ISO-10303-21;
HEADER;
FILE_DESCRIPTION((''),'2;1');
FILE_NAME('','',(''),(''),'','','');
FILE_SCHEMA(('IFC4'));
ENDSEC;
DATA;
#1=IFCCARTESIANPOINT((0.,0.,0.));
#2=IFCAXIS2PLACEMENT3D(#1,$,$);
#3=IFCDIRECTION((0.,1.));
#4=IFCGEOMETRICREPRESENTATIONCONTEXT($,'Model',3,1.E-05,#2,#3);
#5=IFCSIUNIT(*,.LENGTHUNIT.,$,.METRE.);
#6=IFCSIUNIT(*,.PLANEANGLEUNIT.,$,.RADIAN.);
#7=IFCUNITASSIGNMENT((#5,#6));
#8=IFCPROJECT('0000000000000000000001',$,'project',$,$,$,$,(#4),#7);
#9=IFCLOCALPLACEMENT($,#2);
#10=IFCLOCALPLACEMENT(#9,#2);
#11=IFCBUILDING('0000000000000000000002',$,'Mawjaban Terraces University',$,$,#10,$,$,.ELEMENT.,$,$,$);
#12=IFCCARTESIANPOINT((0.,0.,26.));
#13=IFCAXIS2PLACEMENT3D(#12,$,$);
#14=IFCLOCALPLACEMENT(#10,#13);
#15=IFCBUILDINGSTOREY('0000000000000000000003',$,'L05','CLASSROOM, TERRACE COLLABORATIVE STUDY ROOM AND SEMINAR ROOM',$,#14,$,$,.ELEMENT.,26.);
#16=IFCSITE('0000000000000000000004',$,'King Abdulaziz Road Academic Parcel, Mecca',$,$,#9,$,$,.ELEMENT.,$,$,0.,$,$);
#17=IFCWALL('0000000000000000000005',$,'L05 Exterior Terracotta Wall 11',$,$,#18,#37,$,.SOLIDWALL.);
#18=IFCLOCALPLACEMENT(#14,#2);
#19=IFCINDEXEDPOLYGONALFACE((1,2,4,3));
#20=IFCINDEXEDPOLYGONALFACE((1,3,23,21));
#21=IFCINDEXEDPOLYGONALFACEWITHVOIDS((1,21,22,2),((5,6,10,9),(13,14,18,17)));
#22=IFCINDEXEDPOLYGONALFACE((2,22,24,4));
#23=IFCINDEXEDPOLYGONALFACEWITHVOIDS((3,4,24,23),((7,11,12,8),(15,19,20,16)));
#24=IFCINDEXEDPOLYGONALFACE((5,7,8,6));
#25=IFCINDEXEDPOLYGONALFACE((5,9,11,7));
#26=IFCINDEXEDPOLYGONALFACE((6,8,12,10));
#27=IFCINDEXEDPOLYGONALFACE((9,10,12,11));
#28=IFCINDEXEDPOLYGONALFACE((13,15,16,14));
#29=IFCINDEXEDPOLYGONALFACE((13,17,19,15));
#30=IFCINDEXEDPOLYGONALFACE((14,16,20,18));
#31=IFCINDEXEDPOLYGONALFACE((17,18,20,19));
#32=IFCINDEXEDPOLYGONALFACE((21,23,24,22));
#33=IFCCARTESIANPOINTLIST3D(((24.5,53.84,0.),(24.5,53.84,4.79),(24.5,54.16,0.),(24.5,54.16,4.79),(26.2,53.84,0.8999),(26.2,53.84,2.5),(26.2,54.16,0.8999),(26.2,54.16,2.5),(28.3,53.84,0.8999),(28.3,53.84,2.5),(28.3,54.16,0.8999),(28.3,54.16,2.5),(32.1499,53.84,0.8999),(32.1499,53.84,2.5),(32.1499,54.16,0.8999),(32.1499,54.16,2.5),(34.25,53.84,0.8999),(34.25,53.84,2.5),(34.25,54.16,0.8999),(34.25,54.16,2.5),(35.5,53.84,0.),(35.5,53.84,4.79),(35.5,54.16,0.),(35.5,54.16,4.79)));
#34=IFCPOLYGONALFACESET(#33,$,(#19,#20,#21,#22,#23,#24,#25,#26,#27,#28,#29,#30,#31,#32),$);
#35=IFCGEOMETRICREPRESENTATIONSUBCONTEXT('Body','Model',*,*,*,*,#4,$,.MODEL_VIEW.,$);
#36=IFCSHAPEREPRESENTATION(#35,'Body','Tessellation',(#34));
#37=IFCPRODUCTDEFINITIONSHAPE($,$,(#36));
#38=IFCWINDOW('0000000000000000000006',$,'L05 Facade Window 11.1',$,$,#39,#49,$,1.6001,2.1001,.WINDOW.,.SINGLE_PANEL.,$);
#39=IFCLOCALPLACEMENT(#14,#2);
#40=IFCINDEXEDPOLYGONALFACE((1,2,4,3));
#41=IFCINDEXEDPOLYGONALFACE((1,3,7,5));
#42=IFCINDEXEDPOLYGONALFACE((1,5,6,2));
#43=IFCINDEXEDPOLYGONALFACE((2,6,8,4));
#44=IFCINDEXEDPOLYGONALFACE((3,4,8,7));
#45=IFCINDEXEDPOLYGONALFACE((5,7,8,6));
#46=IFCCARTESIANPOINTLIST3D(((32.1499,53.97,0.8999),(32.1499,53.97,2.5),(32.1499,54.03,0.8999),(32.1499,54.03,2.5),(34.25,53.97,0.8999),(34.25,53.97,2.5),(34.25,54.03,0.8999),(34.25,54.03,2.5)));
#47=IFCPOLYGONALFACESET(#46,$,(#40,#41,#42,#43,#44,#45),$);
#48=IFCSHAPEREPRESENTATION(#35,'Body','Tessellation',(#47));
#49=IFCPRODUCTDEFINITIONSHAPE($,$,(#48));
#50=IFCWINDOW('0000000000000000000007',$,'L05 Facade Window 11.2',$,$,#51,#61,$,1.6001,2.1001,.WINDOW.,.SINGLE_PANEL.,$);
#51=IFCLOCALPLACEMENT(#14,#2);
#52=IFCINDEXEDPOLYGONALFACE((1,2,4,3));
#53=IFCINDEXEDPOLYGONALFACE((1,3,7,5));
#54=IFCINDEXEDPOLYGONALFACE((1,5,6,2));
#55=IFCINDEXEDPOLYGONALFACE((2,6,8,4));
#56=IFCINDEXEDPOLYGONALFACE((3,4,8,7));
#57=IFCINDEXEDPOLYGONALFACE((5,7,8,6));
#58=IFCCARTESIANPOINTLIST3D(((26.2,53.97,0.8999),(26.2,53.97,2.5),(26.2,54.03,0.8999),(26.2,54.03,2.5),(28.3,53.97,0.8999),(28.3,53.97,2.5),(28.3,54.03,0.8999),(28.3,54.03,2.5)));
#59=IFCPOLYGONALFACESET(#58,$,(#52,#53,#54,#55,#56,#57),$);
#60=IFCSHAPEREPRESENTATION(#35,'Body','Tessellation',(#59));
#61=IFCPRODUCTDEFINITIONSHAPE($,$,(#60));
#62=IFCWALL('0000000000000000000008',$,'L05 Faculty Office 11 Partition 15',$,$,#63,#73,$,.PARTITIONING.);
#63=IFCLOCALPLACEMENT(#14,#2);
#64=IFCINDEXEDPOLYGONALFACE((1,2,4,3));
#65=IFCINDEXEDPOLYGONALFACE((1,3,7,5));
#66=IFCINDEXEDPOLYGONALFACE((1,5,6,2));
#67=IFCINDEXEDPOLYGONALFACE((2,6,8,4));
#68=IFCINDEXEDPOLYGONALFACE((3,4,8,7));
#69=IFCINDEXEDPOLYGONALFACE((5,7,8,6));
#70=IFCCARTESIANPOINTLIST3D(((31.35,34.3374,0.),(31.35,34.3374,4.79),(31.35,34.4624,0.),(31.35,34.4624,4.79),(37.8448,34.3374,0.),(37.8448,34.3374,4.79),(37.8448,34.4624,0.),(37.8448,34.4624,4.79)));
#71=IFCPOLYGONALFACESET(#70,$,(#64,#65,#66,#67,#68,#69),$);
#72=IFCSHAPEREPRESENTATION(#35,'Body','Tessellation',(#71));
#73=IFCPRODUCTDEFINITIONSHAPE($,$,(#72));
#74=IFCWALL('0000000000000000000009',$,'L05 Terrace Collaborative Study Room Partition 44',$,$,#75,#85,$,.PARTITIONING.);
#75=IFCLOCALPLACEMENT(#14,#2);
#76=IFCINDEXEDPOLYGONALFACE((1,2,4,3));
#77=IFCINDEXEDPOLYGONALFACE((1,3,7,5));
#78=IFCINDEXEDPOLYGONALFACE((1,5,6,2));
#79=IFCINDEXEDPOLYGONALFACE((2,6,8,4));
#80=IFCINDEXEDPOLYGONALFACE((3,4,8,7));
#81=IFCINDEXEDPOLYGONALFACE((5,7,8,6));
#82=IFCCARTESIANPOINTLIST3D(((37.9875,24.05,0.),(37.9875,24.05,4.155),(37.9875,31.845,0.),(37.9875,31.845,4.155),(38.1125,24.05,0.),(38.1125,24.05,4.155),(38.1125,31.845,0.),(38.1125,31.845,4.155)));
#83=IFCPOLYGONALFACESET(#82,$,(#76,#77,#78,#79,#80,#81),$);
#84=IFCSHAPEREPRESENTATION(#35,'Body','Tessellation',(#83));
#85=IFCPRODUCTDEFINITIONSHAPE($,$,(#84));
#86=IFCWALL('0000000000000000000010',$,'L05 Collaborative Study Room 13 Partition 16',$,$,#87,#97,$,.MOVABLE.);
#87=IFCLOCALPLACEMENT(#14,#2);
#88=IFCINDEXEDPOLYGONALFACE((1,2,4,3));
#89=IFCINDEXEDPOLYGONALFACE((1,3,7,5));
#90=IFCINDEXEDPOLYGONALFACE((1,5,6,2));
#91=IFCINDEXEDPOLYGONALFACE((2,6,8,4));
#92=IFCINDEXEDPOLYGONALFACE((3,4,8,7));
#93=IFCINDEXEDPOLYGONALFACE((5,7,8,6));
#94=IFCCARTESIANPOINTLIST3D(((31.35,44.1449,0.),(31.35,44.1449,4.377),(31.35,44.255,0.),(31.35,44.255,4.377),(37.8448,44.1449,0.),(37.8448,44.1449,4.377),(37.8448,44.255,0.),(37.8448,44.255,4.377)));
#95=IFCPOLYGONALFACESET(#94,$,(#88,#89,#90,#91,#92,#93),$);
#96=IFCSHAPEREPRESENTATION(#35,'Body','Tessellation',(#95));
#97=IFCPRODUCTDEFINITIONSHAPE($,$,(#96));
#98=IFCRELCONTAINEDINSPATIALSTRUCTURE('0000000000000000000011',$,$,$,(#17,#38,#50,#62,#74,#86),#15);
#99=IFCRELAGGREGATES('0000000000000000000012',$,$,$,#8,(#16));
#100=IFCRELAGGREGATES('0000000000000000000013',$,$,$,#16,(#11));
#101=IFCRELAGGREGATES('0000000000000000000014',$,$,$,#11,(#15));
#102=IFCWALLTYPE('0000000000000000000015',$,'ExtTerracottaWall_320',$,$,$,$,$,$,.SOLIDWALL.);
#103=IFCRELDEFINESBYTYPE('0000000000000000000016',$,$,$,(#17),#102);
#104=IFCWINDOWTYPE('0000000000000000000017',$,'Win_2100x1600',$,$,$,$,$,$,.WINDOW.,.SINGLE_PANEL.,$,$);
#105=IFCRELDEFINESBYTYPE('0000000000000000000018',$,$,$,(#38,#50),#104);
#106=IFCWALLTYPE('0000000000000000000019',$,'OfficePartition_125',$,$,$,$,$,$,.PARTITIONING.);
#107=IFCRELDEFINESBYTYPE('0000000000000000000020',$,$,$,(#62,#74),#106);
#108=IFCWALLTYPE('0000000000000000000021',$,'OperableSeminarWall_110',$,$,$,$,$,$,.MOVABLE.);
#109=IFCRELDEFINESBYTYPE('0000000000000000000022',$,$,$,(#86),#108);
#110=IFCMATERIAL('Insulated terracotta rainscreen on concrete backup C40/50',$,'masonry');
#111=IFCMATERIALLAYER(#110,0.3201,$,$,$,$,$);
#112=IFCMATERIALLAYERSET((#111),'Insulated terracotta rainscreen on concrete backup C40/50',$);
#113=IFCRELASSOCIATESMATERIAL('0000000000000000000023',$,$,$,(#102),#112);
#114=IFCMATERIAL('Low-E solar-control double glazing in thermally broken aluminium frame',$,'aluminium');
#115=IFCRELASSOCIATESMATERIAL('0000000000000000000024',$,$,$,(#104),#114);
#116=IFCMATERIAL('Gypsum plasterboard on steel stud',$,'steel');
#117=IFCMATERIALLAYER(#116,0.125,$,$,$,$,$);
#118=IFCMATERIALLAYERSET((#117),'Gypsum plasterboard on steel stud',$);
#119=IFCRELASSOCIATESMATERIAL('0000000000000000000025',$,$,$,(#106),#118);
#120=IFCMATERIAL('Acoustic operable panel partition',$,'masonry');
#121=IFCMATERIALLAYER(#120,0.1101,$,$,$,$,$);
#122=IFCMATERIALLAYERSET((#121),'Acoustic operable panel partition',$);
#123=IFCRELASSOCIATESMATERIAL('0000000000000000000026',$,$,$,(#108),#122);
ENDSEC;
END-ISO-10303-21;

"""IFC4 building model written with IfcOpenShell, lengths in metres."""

from ifc_helpers import new_model, si_unit, direction, frame, frame_2d, origin, place, context, subcontext, project, spatial, rectangle, extrude, material, layer, layer_set, type_object, element, fill, save


model = new_model("IFC4")

# Units and contexts
model_context = context("Model", 3, precision=1e-05, world=origin(), true_north=direction((0.0, 1.0)))
body_context = subcontext(model_context, "Body", "Model", "MODEL_VIEW")
ifc_project = project(units=[si_unit("LENGTHUNIT", "METRE"), si_unit("PLANEANGLEUNIT", "RADIAN")], contexts=[model_context])

# Site, building, storey
site_placement = place(None, origin())
site = spatial("IfcSite", under=ifc_project, at=site_placement, Name="King Abdulaziz Road Academic Parcel, Mecca", CompositionType="ELEMENT", RefElevation=0.0)
building_placement = place(site_placement, origin())
building = spatial("IfcBuilding", under=site, at=building_placement, Name="Mawjaban Terraces University", CompositionType="ELEMENT")
storey_placement = place(building_placement, frame((0.0, 0.0, 26.0)))
storey = spatial("IfcBuildingStorey", under=building, at=storey_placement, Name="L05", Description="CLASSROOM, TERRACE COLLABORATIVE STUDY ROOM AND SEMINAR ROOM", CompositionType="ELEMENT", Elevation=26.0)

# Shared definitions
ifc_material_1 = material(Name="Insulated terracotta rainscreen on concrete backup C40/50", Category="masonry")
ifc_layer_1 = layer(ifc_material_1, 0.3201)
ifc_layer_set_1 = layer_set([ifc_layer_1], Name="Insulated terracotta rainscreen on concrete backup C40/50")
wall_type_1 = type_object("IfcWallType", Name="ExtTerracottaWall_320", PredefinedType="SOLIDWALL", material=ifc_layer_set_1)
ifc_material_2 = material(Name="Low-E solar-control double glazing in thermally broken aluminium frame", Category="aluminium")

# Wall, openings, windows
wall_1_placement = place(storey_placement, frame((35.5, 54.0, 0.0), z_axis=(0.0, 0.0, 1.0), x_axis=(-1.0, 0.0, 0.0)))
wall_1 = element("IfcWall", 1, at=wall_1_placement, inside=storey, type_object=wall_type_1, Name="L05 Exterior Terracotta Wall 11", PredefinedType="SOLIDWALL", context=body_context, shape_type="SweptSolid", body=[
    extrude(rectangle(XDim=11.0, YDim=0.3201, at=frame_2d((5.5, 0.0))), origin(), (0.0, 0.0, 1.0), 4.79),
])
opening_1_placement = place(wall_1_placement, frame((1.25, 0.0, 0.8999)))
opening_1 = element("IfcOpeningElement", 2, at=opening_1_placement, cuts=wall_1, PredefinedType="OPENING", context=body_context, shape_type="SweptSolid", body=[
    extrude(rectangle(XDim=2.1001, YDim=1.6001, at=frame_2d((1.05, 0.8))), frame((0.0, 0.1699, 0.0), z_axis=(0.0, -1.0, 0.0), x_axis=(1.0, 0.0, 0.0)), (0.0, 0.0, 1.0), 0.3401),
])
opening_2_placement = place(wall_1_placement, frame((7.2, 0.0, 0.8999)))
opening_2 = element("IfcOpeningElement", 3, at=opening_2_placement, cuts=wall_1, PredefinedType="OPENING", context=body_context, shape_type="SweptSolid", body=[
    extrude(rectangle(XDim=2.1001, YDim=1.6001, at=frame_2d((1.05, 0.8))), frame((0.0, 0.1699, 0.0), z_axis=(0.0, -1.0, 0.0), x_axis=(1.0, 0.0, 0.0)), (0.0, 0.0, 1.0), 0.3401),
])
window_type_1 = type_object("IfcWindowType", Name="Win_2100x1600", PartitioningType="SINGLE_PANEL", PredefinedType="WINDOW", material=ifc_material_2)
window_1_placement = place(opening_1_placement, origin())
window_1 = element("IfcWindow", 4, at=window_1_placement, inside=storey, type_object=window_type_1, Name="L05 Facade Window 11.1", OverallHeight=1.6001, OverallWidth=2.1001, PartitioningType="SINGLE_PANEL", PredefinedType="WINDOW", context=body_context, shape_type="SweptSolid", body=[
    extrude(rectangle(XDim=2.1001, YDim=1.6001, at=frame_2d((1.05, 0.8))), frame((0.0, 0.03, 0.0), z_axis=(0.0, -1.0, 0.0), x_axis=(1.0, 0.0, 0.0)), (0.0, 0.0, 1.0), 0.0601),
])
fill(opening_1, window_1)
window_2_placement = place(opening_2_placement, origin())
window_2 = element("IfcWindow", 5, at=window_2_placement, inside=storey, type_object=window_type_1, Name="L05 Facade Window 11.2", OverallHeight=1.6001, OverallWidth=2.1001, PartitioningType="SINGLE_PANEL", PredefinedType="WINDOW", context=body_context, shape_type="SweptSolid", body=[
    extrude(rectangle(XDim=2.1001, YDim=1.6001, at=frame_2d((1.05, 0.8))), frame((0.0, 0.03, 0.0), z_axis=(0.0, -1.0, 0.0), x_axis=(1.0, 0.0, 0.0)), (0.0, 0.0, 1.0), 0.0601),
])
fill(opening_2, window_2)

# Walls
ifc_material_3 = material(Name="Gypsum plasterboard on steel stud", Category="steel")
ifc_layer_2 = layer(ifc_material_3, 0.125)
ifc_layer_set_2 = layer_set([ifc_layer_2], Name="Gypsum plasterboard on steel stud")
wall_type_2 = type_object("IfcWallType", Name="OfficePartition_125", PredefinedType="PARTITIONING", material=ifc_layer_set_2)
wall_2_placement = place(storey_placement, frame((37.845, 34.3999, 0.0), z_axis=(0.0, 0.0, 1.0), x_axis=(-1.0, 0.0, 0.0)))
element("IfcWall", 6, at=wall_2_placement, inside=storey, type_object=wall_type_2, Name="L05 Faculty Office 11 Partition 15", PredefinedType="PARTITIONING", context=body_context, shape_type="SweptSolid", body=[
    extrude(rectangle(XDim=6.4949, YDim=0.125, at=frame_2d((3.2476, 0.0))), origin(), (0.0, 0.0, 1.0), 4.79),
])
wall_3_placement = place(storey_placement, frame((38.05, 31.845, 0.0), z_axis=(0.0, 0.0, 1.0), x_axis=(0.0, -1.0, 0.0)))
element("IfcWall", 7, at=wall_3_placement, inside=storey, type_object=wall_type_2, Name="L05 Terrace Collaborative Study Room Partition 44", PredefinedType="PARTITIONING", context=body_context, shape_type="SweptSolid", body=[
    extrude(rectangle(XDim=7.7949, YDim=0.125, at=frame_2d((3.8975, 0.0))), origin(), (0.0, 0.0, 1.0), 4.155),
])
ifc_material_4 = material(Name="Acoustic operable panel partition", Category="masonry")
ifc_layer_3 = layer(ifc_material_4, 0.1101)
ifc_layer_set_3 = layer_set([ifc_layer_3], Name="Acoustic operable panel partition")
wall_type_3 = type_object("IfcWallType", Name="OperableSeminarWall_110", PredefinedType="MOVABLE", material=ifc_layer_set_3)
wall_4_placement = place(storey_placement, frame((37.845, 44.2, 0.0), z_axis=(0.0, 0.0, 1.0), x_axis=(-1.0, 0.0, 0.0)))
element("IfcWall", 8, at=wall_4_placement, inside=storey, type_object=wall_type_3, Name="L05 Collaborative Study Room 13 Partition 16", PredefinedType="MOVABLE", context=body_context, shape_type="SweptSolid", body=[
    extrude(rectangle(XDim=6.4949, YDim=0.1101, at=frame_2d((3.2476, 0.0))), origin(), (0.0, 0.0, 1.0), 4.377),
])

save(model, "model.ifc")
